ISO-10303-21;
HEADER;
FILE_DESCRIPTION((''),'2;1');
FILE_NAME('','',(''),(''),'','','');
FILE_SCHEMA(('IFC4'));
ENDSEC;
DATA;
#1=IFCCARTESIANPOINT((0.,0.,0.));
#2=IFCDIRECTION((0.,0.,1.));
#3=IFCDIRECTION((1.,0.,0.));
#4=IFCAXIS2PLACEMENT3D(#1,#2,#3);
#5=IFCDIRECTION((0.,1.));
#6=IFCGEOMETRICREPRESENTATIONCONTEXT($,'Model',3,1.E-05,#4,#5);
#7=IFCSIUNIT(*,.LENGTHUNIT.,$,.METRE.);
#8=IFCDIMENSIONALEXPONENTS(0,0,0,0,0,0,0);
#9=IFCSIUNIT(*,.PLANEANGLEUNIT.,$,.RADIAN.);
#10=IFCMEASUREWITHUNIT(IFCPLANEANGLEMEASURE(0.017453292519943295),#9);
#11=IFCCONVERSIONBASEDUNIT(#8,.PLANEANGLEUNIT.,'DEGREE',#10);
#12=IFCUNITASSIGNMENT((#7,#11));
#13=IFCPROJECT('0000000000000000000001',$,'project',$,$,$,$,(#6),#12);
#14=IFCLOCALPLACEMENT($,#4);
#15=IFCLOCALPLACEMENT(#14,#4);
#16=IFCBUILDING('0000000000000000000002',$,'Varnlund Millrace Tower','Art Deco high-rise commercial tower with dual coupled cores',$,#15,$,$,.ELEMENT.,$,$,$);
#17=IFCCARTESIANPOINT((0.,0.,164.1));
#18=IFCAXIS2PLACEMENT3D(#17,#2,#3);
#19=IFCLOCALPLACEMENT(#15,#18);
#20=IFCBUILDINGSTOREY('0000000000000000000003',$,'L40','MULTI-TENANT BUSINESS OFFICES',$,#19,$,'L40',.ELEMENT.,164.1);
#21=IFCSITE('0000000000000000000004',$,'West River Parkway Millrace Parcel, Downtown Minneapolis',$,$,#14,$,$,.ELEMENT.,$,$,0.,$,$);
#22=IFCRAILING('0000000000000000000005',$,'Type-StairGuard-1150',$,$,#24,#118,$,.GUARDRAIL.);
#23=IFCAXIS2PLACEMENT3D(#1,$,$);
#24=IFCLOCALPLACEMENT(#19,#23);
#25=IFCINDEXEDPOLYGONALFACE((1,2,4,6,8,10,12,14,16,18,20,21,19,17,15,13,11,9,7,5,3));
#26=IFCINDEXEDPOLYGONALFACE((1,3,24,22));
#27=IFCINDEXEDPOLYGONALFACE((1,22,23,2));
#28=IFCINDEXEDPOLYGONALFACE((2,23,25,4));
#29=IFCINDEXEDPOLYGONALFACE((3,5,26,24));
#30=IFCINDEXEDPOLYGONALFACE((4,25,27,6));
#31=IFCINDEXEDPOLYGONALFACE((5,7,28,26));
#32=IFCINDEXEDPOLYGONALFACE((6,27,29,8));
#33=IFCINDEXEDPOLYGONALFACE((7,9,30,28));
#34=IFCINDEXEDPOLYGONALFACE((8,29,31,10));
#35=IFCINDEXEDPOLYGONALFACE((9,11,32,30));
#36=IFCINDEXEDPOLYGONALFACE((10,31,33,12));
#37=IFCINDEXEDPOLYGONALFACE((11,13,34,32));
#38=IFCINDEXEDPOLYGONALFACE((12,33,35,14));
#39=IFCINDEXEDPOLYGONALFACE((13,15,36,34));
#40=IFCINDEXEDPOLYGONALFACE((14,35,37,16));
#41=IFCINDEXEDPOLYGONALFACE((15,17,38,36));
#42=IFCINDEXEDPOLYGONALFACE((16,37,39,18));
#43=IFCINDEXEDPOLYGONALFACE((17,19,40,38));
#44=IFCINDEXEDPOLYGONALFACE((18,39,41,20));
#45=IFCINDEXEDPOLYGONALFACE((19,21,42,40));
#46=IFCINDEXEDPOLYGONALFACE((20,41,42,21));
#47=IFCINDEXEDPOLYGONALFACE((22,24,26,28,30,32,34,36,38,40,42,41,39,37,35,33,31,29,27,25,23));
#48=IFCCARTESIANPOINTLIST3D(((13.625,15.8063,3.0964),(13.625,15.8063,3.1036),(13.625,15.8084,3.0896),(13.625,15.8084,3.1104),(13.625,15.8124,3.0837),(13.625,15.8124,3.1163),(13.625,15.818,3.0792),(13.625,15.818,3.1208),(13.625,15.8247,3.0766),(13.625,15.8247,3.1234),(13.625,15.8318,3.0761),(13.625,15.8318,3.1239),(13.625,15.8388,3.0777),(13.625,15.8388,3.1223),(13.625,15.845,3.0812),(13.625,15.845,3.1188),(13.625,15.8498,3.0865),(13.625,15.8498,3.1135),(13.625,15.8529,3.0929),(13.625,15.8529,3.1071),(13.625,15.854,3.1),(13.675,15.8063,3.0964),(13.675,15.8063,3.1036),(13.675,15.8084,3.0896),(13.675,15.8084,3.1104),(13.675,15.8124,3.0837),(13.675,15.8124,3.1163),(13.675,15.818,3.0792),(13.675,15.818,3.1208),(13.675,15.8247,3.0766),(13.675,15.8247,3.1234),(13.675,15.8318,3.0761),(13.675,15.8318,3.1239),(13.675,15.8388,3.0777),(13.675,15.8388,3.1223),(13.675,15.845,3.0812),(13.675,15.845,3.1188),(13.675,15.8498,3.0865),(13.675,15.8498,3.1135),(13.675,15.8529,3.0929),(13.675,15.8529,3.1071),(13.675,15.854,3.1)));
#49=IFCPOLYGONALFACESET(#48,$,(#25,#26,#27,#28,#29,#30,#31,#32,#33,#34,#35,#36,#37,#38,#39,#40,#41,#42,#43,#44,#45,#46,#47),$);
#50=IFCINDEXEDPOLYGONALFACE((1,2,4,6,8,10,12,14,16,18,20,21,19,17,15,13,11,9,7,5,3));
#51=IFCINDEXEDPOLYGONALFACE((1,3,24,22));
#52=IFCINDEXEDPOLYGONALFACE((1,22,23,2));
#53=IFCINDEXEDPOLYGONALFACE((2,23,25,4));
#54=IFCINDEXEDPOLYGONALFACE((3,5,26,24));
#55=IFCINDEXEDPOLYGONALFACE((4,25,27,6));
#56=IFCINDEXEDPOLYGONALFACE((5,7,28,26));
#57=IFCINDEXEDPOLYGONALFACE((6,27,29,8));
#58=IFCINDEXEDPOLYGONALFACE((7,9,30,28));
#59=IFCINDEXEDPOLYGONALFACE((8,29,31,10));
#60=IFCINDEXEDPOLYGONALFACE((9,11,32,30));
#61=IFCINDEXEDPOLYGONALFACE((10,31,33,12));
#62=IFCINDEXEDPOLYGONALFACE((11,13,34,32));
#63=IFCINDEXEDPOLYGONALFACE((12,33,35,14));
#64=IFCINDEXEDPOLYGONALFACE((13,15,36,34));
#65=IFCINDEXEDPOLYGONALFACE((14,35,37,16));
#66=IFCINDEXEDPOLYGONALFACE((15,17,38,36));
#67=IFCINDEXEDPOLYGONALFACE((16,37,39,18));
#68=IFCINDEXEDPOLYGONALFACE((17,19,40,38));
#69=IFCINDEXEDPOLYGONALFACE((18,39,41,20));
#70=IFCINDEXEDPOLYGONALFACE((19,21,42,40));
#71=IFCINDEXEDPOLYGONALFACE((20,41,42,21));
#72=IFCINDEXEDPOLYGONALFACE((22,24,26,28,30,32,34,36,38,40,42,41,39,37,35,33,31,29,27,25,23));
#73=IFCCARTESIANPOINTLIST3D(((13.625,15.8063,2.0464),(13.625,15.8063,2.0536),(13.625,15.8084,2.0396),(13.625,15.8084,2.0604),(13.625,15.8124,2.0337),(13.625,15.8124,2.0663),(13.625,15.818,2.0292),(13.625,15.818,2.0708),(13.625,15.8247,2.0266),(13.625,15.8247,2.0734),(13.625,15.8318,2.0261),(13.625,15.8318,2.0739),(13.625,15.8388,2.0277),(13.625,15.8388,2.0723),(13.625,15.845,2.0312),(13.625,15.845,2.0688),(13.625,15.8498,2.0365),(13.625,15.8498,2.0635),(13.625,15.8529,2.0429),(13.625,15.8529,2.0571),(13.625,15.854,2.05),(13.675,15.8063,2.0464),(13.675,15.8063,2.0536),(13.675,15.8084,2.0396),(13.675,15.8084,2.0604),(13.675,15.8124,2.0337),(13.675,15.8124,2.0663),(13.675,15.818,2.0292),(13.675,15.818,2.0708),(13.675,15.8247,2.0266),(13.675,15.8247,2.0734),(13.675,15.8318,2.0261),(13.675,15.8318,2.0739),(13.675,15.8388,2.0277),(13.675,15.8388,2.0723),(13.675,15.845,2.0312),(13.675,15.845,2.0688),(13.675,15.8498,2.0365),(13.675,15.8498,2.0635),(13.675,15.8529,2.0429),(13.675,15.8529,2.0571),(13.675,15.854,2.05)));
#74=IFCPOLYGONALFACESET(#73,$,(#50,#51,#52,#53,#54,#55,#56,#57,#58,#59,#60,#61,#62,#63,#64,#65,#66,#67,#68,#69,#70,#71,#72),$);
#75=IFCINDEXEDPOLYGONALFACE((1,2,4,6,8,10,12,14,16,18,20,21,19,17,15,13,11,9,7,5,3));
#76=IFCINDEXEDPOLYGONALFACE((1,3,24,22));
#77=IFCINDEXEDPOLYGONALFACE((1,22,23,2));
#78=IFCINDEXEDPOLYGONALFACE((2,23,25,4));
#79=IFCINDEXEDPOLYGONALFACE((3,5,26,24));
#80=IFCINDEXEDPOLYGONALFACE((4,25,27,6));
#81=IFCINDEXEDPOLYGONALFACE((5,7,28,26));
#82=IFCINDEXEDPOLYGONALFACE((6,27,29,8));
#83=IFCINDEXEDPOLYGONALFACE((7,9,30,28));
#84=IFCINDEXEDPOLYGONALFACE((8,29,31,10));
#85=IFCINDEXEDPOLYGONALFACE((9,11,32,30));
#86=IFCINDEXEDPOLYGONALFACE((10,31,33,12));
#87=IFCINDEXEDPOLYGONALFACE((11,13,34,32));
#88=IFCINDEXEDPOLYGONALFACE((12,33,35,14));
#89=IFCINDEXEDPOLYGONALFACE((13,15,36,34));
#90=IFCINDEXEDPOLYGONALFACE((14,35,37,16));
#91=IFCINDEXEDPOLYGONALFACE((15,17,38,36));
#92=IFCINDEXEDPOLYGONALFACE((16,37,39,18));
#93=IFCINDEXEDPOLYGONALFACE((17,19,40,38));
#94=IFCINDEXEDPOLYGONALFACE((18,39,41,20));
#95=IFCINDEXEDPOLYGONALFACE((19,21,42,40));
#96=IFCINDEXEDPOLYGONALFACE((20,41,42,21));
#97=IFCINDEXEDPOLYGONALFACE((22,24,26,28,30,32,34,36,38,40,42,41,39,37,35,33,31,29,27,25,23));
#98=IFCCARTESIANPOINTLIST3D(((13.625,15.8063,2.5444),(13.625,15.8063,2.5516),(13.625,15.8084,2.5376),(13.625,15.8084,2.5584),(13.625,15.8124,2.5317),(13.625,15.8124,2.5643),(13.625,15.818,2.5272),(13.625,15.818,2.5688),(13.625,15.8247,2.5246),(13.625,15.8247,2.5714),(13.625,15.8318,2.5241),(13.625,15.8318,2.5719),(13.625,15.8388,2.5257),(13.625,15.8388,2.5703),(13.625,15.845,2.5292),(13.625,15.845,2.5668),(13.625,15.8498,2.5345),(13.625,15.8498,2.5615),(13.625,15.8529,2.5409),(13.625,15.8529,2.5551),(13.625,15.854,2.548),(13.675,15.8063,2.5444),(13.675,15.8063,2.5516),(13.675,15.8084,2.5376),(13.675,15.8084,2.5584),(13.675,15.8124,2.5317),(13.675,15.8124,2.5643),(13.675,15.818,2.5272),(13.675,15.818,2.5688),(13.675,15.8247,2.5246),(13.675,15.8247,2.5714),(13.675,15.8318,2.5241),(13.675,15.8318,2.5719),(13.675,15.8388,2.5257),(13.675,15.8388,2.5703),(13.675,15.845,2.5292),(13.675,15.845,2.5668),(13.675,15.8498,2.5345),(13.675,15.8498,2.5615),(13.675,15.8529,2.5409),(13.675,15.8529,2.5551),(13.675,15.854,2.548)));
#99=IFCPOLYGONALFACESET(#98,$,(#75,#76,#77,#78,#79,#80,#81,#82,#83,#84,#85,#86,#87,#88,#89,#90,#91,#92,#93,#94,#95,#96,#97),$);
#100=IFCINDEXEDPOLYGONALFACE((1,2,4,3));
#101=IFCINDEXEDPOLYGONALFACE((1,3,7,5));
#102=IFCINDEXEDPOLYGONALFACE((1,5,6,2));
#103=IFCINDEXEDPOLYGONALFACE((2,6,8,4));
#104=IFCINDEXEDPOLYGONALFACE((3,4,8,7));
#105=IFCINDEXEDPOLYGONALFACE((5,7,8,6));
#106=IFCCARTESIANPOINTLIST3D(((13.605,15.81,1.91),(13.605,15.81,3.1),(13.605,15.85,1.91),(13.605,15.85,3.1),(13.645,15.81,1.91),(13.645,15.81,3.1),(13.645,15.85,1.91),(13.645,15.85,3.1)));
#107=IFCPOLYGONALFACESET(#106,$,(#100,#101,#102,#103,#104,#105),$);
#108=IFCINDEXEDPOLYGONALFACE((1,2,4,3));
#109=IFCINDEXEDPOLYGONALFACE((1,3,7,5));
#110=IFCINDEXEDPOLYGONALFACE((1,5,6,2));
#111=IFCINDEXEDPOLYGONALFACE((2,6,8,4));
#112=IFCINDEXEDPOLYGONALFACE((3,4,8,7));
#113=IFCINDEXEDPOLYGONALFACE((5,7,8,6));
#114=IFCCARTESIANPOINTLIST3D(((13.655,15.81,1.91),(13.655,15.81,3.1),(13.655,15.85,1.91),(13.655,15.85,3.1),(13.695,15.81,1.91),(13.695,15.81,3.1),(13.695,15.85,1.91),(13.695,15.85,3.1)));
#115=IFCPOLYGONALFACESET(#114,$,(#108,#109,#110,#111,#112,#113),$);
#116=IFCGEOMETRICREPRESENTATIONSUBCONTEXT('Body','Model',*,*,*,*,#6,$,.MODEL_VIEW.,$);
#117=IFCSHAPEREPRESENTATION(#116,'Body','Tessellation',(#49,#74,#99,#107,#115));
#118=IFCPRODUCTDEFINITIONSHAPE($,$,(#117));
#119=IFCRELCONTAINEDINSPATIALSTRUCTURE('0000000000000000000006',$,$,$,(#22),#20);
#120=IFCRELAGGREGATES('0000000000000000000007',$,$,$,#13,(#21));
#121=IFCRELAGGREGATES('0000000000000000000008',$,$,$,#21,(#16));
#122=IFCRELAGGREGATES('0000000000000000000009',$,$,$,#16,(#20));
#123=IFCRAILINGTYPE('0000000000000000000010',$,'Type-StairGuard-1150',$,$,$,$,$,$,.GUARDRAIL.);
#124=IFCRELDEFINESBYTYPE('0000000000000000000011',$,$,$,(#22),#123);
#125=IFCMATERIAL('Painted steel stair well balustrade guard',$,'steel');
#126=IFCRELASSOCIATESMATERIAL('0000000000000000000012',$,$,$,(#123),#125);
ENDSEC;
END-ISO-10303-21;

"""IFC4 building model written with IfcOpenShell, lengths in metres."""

from ifc_helpers import new_model, entity, si_unit, converted_unit, direction, frame, origin_with_axes, origin_2d_with_axis, place, context, subcontext, project, spatial, rectangle, circle, extrude, material, type_object, element, save


model = new_model("IFC4")

# Units and contexts
model_context = context("Model", 3, precision=1e-05, world=origin_with_axes(), true_north=direction((0.0, 1.0)))
body_context = subcontext(model_context, "Body", "Model", "MODEL_VIEW")
ifc_project = project(units=[si_unit("LENGTHUNIT", "METRE"), converted_unit("PLANEANGLEUNIT", "DEGREE", entity("IfcPlaneAngleMeasure", 0.017453292519943295), si_unit("PLANEANGLEUNIT", "RADIAN"), dimensions=[0, 0, 0, 0, 0, 0, 0])], contexts=[model_context])

# Site, building, storey
site_placement = place(None, origin_with_axes())
site = spatial("IfcSite", under=ifc_project, at=site_placement, Name="West River Parkway Millrace Parcel, Downtown Minneapolis", CompositionType="ELEMENT", RefElevation=0.0)
building_placement = place(site_placement, origin_with_axes())
building = spatial("IfcBuilding", under=site, at=building_placement, Name="Varnlund Millrace Tower", Description="Art Deco high-rise commercial tower with dual coupled cores", CompositionType="ELEMENT")
storey_placement = place(building_placement, frame((0.0, 0.0, 164.1), z_axis=(0.0, 0.0, 1.0), x_axis=(1.0, 0.0, 0.0)))
storey = spatial("IfcBuildingStorey", under=building, at=storey_placement, Name="L40", Description="MULTI-TENANT BUSINESS OFFICES", LongName="L40", CompositionType="ELEMENT", Elevation=164.1)

# Railing
ifc_material_1 = material(Name="Painted steel stair well balustrade guard", Category="steel")
railing_type_1 = type_object("IfcRailingType", Name="Type-StairGuard-1150", PredefinedType="GUARDRAIL", material=ifc_material_1)
railing_1_placement = place(storey_placement, frame((0.0, 0.0, -164.1), z_axis=(0.0, 0.0, 1.0), x_axis=(1.0, 0.0, 0.0)))
element("IfcRailing", 1, at=railing_1_placement, inside=storey, type_object=railing_type_1, Name="Type-StairGuard-1150", PredefinedType="GUARDRAIL", context=body_context, shape_type="SweptSolid", body=[
    extrude(circle(Radius=0.024, at=origin_2d_with_axis()), frame((13.625, 15.83, 167.2), z_axis=(1.0, 0.0, 0.0), x_axis=(0.0, 1.0, 0.0)), (0.0, 0.0, 1.0), 0.05),
    extrude(circle(Radius=0.024, at=origin_2d_with_axis()), frame((13.625, 15.83, 166.15), z_axis=(1.0, 0.0, 0.0), x_axis=(0.0, 1.0, 0.0)), (0.0, 0.0, 1.0), 0.05),
    extrude(circle(Radius=0.024, at=origin_2d_with_axis()), frame((13.625, 15.83, 166.648), z_axis=(1.0, 0.0, 0.0), x_axis=(0.0, 1.0, 0.0)), (0.0, 0.0, 1.0), 0.05),
    extrude(rectangle(XDim=0.04, YDim=0.04, at=origin_2d_with_axis()), frame((13.625, 15.83, 166.01), z_axis=(0.0, 0.0, 1.0), x_axis=(1.0, 0.0, 0.0)), (0.0, 0.0, 1.0), 1.19),
    extrude(rectangle(XDim=0.04, YDim=0.04, at=origin_2d_with_axis()), frame((13.675, 15.83, 166.01), z_axis=(0.0, 0.0, 1.0), x_axis=(1.0, 0.0, 0.0)), (0.0, 0.0, 1.0), 1.19),
])

save(model, "model.ifc")
